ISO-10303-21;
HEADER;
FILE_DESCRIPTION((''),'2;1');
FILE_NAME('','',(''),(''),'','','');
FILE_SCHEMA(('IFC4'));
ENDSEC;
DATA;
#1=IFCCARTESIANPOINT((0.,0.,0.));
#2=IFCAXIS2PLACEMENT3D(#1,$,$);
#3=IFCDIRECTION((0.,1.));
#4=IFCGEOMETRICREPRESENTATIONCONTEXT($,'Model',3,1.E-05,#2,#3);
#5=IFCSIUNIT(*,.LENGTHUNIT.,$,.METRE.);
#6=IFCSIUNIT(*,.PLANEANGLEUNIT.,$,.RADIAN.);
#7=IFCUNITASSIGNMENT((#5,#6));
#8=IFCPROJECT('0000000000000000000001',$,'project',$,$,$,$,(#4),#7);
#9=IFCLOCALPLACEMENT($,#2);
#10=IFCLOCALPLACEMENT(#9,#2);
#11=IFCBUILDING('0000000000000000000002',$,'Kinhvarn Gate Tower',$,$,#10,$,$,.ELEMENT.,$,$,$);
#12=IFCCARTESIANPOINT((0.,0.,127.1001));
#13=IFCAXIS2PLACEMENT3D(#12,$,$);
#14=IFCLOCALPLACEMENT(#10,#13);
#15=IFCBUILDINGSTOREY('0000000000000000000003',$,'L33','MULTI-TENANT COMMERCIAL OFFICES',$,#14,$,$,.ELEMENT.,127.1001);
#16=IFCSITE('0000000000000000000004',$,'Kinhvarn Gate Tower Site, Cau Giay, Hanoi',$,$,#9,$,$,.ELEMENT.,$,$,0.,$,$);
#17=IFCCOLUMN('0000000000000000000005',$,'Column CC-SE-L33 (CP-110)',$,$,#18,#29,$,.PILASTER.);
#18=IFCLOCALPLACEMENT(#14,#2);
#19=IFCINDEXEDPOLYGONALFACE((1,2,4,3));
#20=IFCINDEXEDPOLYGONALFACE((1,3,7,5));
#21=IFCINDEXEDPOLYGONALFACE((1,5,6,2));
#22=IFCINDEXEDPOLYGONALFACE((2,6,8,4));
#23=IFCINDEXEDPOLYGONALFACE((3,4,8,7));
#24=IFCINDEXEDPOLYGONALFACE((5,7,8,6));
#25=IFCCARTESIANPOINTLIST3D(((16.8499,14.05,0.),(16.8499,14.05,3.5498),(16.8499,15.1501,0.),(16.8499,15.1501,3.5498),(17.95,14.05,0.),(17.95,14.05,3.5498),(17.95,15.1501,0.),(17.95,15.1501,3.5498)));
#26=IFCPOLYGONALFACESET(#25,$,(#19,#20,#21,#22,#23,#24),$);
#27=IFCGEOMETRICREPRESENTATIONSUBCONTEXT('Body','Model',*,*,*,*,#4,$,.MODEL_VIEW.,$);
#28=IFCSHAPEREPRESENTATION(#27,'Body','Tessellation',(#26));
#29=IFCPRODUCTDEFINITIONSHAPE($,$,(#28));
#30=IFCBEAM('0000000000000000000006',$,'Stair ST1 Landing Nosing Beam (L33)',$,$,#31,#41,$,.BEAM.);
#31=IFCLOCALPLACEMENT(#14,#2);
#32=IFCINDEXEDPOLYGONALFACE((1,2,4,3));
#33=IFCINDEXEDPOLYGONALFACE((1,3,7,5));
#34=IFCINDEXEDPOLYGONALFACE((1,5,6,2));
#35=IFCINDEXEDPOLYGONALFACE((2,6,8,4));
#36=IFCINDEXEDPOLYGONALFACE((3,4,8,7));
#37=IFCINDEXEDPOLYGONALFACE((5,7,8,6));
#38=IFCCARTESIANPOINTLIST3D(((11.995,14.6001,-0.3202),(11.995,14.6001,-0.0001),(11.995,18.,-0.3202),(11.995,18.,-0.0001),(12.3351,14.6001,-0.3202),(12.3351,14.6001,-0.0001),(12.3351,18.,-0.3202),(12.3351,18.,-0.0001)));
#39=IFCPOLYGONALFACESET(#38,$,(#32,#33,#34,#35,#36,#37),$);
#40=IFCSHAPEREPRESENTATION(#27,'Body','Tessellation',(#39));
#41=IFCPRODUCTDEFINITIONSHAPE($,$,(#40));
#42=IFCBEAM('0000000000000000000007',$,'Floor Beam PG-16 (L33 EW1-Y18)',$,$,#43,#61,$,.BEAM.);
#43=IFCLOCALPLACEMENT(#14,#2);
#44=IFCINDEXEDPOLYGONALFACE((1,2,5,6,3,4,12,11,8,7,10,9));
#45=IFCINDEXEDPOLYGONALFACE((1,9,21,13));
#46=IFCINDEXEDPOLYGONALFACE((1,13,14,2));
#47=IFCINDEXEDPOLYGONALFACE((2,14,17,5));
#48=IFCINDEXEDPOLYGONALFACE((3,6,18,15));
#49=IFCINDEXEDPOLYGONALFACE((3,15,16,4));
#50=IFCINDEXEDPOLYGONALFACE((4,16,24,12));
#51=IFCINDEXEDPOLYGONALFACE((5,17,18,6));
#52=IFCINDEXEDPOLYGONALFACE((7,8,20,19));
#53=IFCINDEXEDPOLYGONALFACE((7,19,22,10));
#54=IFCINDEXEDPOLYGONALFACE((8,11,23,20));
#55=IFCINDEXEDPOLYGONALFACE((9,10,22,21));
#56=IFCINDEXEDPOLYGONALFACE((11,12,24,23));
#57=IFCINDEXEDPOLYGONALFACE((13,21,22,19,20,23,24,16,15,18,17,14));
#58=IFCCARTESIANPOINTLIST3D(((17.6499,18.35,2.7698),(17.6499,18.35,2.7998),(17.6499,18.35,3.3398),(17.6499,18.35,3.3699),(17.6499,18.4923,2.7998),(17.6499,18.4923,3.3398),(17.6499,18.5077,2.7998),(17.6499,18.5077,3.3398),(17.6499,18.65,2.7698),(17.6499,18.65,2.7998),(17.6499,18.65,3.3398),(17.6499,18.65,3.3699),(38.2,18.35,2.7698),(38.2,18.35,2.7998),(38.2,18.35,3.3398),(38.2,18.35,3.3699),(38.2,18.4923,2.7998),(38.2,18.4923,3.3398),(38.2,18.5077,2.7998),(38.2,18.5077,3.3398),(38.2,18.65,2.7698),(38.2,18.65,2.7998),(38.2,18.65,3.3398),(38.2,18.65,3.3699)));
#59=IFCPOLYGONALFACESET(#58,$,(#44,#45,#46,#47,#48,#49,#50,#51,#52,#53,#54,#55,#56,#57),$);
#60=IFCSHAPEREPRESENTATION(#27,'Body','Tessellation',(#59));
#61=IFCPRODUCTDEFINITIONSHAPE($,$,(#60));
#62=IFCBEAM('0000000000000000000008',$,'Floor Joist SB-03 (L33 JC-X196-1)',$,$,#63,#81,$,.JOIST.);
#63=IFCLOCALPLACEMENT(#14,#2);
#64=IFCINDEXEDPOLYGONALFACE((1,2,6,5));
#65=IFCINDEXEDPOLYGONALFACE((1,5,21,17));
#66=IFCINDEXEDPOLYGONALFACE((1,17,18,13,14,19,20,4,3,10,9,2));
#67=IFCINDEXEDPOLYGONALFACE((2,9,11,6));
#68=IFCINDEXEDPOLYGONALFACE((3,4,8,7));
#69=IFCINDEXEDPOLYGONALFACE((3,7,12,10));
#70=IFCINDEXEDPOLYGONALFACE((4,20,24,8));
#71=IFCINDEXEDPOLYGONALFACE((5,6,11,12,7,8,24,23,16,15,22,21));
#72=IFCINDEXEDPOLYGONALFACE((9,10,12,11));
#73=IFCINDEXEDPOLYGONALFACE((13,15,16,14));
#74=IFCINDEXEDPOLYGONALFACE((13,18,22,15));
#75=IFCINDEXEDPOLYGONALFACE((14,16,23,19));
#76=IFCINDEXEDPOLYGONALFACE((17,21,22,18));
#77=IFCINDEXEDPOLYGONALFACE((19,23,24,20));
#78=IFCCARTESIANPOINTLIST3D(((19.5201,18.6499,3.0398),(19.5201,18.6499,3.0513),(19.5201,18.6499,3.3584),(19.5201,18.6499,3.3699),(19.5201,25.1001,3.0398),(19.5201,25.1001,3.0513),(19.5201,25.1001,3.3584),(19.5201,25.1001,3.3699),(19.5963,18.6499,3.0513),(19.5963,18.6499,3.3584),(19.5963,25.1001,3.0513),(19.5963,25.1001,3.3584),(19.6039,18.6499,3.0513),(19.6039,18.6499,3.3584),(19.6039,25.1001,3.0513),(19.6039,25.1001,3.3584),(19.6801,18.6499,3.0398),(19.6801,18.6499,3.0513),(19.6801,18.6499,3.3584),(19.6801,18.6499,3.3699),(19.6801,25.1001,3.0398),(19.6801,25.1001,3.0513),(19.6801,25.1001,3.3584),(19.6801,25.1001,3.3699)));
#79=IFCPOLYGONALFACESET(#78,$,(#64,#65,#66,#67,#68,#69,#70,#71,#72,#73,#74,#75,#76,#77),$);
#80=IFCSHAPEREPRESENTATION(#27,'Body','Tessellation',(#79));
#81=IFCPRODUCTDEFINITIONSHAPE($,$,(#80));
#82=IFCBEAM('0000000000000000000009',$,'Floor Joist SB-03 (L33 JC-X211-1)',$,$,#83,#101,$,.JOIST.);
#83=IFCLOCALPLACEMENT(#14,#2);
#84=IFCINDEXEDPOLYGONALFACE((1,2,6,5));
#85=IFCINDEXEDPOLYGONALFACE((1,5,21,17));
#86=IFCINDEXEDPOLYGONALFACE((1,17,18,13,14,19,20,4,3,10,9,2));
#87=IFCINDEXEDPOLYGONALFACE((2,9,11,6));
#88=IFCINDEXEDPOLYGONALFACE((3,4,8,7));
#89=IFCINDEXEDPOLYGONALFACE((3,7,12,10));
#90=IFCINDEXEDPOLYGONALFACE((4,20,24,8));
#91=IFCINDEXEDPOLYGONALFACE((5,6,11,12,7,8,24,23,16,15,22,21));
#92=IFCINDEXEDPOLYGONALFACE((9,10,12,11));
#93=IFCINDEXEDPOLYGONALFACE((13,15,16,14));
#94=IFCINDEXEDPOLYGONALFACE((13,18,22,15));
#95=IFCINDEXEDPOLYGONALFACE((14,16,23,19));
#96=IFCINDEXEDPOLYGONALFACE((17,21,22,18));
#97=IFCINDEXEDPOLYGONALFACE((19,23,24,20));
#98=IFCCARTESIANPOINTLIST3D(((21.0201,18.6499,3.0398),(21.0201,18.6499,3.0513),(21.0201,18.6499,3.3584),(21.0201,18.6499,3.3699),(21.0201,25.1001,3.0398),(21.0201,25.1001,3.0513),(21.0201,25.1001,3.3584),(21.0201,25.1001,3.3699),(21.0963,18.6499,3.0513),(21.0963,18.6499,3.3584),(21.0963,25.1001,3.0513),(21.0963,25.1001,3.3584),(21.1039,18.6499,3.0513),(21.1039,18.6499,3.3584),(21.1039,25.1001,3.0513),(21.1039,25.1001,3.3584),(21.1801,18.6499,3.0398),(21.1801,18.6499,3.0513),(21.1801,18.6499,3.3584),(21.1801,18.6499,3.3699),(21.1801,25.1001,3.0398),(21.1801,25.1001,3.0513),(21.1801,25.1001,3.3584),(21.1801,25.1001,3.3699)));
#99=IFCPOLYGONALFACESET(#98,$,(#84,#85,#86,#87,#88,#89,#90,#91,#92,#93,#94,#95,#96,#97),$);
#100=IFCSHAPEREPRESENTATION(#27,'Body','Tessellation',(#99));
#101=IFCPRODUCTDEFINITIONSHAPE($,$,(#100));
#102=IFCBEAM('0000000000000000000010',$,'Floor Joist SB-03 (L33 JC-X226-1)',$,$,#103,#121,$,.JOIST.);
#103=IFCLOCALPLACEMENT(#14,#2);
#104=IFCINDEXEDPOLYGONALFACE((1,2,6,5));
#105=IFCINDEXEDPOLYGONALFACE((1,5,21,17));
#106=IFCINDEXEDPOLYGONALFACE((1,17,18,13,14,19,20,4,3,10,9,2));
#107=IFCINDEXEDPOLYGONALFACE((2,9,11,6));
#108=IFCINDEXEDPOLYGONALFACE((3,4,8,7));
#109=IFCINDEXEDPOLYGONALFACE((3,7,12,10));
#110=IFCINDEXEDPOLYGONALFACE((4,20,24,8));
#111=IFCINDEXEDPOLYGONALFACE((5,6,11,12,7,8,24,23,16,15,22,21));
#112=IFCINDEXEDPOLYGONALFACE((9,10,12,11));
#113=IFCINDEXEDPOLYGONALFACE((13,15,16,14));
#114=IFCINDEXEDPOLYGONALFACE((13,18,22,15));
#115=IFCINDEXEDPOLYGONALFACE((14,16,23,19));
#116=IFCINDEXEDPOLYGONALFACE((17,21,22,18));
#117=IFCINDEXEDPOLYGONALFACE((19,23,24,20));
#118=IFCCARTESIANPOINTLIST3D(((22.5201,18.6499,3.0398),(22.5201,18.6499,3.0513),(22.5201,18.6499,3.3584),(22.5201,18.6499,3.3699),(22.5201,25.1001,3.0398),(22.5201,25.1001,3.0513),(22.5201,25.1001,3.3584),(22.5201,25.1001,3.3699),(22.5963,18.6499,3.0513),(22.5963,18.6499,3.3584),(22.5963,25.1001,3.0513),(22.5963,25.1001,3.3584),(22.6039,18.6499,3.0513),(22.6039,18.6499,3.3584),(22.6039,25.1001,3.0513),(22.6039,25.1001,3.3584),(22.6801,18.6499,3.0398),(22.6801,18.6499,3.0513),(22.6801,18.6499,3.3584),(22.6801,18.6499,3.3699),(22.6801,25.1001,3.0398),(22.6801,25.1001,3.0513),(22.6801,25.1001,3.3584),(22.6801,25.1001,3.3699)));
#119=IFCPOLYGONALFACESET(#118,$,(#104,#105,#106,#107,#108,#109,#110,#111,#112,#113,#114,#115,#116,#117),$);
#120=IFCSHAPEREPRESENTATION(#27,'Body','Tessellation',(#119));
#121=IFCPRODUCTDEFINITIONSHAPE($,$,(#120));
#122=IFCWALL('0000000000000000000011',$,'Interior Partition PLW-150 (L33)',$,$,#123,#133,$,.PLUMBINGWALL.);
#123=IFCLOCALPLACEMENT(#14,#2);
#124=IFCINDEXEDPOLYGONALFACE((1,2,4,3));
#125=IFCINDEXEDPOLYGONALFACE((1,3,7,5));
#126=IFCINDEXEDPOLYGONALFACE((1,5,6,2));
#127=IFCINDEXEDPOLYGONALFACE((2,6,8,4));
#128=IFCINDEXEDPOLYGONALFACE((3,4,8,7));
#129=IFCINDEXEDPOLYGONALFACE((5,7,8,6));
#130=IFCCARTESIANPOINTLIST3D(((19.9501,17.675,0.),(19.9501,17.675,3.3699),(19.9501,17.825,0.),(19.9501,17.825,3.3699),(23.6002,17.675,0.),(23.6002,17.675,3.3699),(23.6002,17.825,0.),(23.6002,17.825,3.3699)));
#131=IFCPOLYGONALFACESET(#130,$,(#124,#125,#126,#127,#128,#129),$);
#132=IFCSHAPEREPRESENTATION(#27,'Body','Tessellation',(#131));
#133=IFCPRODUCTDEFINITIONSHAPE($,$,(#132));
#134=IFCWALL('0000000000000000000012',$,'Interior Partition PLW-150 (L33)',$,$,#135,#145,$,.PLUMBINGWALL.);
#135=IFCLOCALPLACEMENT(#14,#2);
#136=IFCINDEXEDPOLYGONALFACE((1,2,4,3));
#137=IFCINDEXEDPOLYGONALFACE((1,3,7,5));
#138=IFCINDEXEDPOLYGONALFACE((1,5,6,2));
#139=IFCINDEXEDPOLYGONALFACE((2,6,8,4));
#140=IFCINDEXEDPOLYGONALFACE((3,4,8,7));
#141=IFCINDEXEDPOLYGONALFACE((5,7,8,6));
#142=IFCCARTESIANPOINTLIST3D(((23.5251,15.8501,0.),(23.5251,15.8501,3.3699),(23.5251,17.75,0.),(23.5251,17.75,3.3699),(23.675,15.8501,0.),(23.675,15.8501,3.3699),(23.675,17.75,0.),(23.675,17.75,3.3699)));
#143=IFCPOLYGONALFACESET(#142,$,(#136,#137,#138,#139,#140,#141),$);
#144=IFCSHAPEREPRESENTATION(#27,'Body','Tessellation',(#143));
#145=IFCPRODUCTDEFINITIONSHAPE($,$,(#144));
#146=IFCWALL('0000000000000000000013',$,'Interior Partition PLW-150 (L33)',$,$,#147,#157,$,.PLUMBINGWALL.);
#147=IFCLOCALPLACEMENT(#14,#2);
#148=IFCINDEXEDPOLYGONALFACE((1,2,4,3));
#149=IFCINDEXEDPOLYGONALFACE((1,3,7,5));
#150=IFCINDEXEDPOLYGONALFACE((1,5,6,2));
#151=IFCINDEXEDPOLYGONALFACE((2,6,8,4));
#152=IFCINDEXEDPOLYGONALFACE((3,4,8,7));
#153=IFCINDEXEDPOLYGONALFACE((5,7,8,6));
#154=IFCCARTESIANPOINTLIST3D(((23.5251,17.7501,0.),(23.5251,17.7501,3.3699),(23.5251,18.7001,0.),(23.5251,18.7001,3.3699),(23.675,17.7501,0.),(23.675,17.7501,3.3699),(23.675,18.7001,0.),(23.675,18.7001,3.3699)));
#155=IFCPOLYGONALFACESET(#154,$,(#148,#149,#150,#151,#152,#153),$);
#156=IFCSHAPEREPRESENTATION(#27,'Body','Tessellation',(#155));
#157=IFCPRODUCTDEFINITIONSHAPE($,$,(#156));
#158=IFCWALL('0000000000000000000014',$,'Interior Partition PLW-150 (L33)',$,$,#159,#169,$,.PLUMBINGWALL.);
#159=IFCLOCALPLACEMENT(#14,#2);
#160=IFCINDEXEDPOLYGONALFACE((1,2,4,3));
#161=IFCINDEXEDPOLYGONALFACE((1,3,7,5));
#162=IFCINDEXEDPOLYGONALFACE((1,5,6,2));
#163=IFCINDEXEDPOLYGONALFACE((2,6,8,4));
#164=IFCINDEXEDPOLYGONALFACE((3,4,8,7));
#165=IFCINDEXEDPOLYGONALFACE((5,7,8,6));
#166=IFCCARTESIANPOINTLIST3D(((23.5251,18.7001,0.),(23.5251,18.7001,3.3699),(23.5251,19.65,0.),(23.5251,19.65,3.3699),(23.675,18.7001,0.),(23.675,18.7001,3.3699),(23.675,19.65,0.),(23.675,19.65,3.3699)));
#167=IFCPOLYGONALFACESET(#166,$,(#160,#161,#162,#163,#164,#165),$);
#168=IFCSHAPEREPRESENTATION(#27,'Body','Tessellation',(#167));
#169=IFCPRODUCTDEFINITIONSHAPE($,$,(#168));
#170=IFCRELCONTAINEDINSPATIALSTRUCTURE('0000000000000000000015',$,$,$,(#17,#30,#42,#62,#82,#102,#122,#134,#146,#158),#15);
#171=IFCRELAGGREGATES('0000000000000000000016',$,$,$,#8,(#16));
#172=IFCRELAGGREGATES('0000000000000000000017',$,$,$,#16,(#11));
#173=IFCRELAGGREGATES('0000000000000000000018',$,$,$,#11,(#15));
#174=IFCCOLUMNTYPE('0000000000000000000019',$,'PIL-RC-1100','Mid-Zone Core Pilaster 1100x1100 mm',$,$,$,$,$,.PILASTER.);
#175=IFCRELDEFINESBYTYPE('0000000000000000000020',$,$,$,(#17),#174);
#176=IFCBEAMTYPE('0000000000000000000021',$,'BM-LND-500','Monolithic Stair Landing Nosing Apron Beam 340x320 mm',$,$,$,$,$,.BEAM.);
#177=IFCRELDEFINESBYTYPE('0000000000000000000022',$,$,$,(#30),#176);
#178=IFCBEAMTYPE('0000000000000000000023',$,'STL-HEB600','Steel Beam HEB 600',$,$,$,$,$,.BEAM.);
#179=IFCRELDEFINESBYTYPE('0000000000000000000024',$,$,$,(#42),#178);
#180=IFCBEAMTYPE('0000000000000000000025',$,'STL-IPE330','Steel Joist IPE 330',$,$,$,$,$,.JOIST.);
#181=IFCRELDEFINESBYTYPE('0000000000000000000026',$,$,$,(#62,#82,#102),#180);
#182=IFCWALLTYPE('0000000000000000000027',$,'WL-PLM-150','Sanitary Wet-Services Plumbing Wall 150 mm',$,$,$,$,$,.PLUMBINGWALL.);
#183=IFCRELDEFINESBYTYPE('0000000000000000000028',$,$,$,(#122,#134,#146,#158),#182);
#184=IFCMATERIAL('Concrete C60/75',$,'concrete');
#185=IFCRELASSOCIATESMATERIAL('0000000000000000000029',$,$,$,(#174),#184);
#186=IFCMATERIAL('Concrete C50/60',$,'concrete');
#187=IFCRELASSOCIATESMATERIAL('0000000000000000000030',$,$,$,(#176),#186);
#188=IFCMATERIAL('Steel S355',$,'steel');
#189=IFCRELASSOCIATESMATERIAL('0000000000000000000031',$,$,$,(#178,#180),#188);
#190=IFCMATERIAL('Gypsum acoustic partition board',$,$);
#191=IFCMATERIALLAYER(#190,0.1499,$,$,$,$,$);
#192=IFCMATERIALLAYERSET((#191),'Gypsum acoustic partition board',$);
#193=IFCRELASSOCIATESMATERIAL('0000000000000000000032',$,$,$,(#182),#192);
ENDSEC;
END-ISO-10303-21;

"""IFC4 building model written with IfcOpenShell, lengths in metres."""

from ifc_helpers import new_model, si_unit, direction, frame, frame_2d, origin, origin_2d, place, context, subcontext, project, spatial, rectangle, i_section, extrude, material, layer, layer_set, material_profile, profile_set, type_object, element, save


model = new_model("IFC4")

# Units and contexts
model_context = context("Model", 3, precision=1e-05, world=origin(), true_north=direction((0.0, 1.0)))
body_context = subcontext(model_context, "Body", "Model", "MODEL_VIEW")
ifc_project = project(units=[si_unit("LENGTHUNIT", "METRE"), si_unit("PLANEANGLEUNIT", "RADIAN")], contexts=[model_context])

# Site, building, storey
site_placement = place(None, origin())
site = spatial("IfcSite", under=ifc_project, at=site_placement, Name="Kinhvarn Gate Tower Site, Cau Giay, Hanoi", CompositionType="ELEMENT", RefElevation=0.0)
building_placement = place(site_placement, origin())
building = spatial("IfcBuilding", under=site, at=building_placement, Name="Kinhvarn Gate Tower", CompositionType="ELEMENT")
storey_placement = place(building_placement, frame((0.0, 0.0, 127.1001)))
storey = spatial("IfcBuildingStorey", under=building, at=storey_placement, Name="L33", Description="MULTI-TENANT COMMERCIAL OFFICES", CompositionType="ELEMENT", Elevation=127.1001)

# Column
ifc_material_1 = material(Name="Concrete C60/75", Category="concrete")
ifc_material_profile_1 = material_profile(ifc_material_1, rectangle(XDim=1.1001, YDim=1.1001, at=origin_2d()), Name="RC 1100x1100")
ifc_profile_set_1 = profile_set([ifc_material_profile_1], Name="Concrete C60/75")
column_type = type_object("IfcColumnType", Name="PIL-RC-1100", Description="Mid-Zone Core Pilaster 1100x1100 mm", PredefinedType="PILASTER", material=ifc_profile_set_1)
column_placement = place(storey_placement, frame((17.3999, 14.6001, 0.0), z_axis=(0.0, 0.0, 1.0), x_axis=(1.0, 0.0, 0.0)))
element("IfcColumn", 1, at=column_placement, inside=storey, type_object=column_type, Name="Column CC-SE-L33 (CP-110)", PredefinedType="PILASTER", context=body_context, shape_type="SweptSolid", body=[
    extrude(rectangle(XDim=1.1001, YDim=1.1001, at=origin_2d()), origin(), (0.0, 0.0, 1.0), 3.5498),
])

# Beams
ifc_material_2 = material(Name="Concrete C50/60", Category="concrete")
ifc_material_profile_2 = material_profile(ifc_material_2, rectangle(XDim=0.3401, YDim=0.3201, at=origin_2d()), Name="RC 340x320")
ifc_profile_set_2 = profile_set([ifc_material_profile_2], Name="Concrete C50/60")
beam_type_1 = type_object("IfcBeamType", Name="BM-LND-500", Description="Monolithic Stair Landing Nosing Apron Beam 340x320 mm", PredefinedType="BEAM", material=ifc_profile_set_2)
beam_1_placement = place(storey_placement, frame((12.165, 14.6001, -0.1602), z_axis=(0.0, 1.0, 0.0), x_axis=(-1.0, 0.0, 0.0)))
element("IfcBeam", 2, at=beam_1_placement, inside=storey, type_object=beam_type_1, Name="Stair ST1 Landing Nosing Beam (L33)", PredefinedType="BEAM", context=body_context, shape_type="SweptSolid", body=[
    extrude(rectangle(XDim=0.3401, YDim=0.3201, at=origin_2d()), origin(), (0.0, 0.0, 1.0), 3.3999),
])
ifc_material_3 = material(Name="Steel S355", Category="steel")
ifc_material_profile_3 = material_profile(ifc_material_3, i_section(OverallWidth=0.3, OverallDepth=0.6001, WebThickness=0.0154, FlangeThickness=0.03, at=origin_2d()), Name="HEB 600")
ifc_profile_set_3 = profile_set([ifc_material_profile_3], Name="Steel S355")
beam_type_2 = type_object("IfcBeamType", Name="STL-HEB600", Description="Steel Beam HEB 600", PredefinedType="BEAM", material=ifc_profile_set_3)
beam_2_placement = place(storey_placement, frame((17.6499, 18.5, 3.0698), z_axis=(1.0, 0.0, 0.0), x_axis=(0.0, 1.0, 0.0)))
element("IfcBeam", 3, at=beam_2_placement, inside=storey, type_object=beam_type_2, Name="Floor Beam PG-16 (L33 EW1-Y18)", PredefinedType="BEAM", context=body_context, shape_type="SweptSolid", body=[
    extrude(i_section(OverallWidth=0.3, OverallDepth=0.6001, WebThickness=0.0154, FlangeThickness=0.03, at=origin_2d()), origin(), (0.0, 0.0, 1.0), 20.55),
])
ifc_material_profile_4 = material_profile(ifc_material_3, i_section(OverallWidth=0.1599, OverallDepth=0.3301, WebThickness=0.0076, FlangeThickness=0.0115, at=origin_2d()), Name="IPE 330")
ifc_profile_set_4 = profile_set([ifc_material_profile_4], Name="Steel S355")
beam_type_3 = type_object("IfcBeamType", Name="STL-IPE330", Description="Steel Joist IPE 330", PredefinedType="JOIST", material=ifc_profile_set_4)
for number, where, z_axis, x_axis, name in (
    (4, (19.6001, 18.6499, 3.2048), (0.0, 1.0, 0.0), (-1.0, 0.0, 0.0), "Floor Joist SB-03 (L33 JC-X196-1)"),
    (5, (21.1001, 18.6499, 3.2048), (0.0, 1.0, 0.0), (-1.0, 0.0, 0.0), "Floor Joist SB-03 (L33 JC-X211-1)"),
    (6, (22.6001, 18.6499, 3.2048), (0.0, 1.0, 0.0), (-1.0, 0.0, 0.0), "Floor Joist SB-03 (L33 JC-X226-1)"),
):
    element("IfcBeam", number, at=place(storey_placement, frame(where, z_axis=z_axis, x_axis=x_axis)), inside=storey, type_object=beam_type_3, Name=name, PredefinedType="JOIST", context=body_context, shape_type="SweptSolid", body=[
        extrude(i_section(OverallWidth=0.1599, OverallDepth=0.3301, WebThickness=0.0076, FlangeThickness=0.0115, at=origin_2d()), origin(), (0.0, 0.0, 1.0), 6.4502),
    ])

# Walls
ifc_material_4 = material(Name="Gypsum acoustic partition board")
ifc_layer_1 = layer(ifc_material_4, 0.1499)
ifc_layer_set_1 = layer_set([ifc_layer_1], Name="Gypsum acoustic partition board")
wall_type_1 = type_object("IfcWallType", Name="WL-PLM-150", Description="Sanitary Wet-Services Plumbing Wall 150 mm", PredefinedType="PLUMBINGWALL", material=ifc_layer_set_1)
wall_1_placement = place(storey_placement, frame((19.95, 17.75, 0.0), z_axis=(0.0, 0.0, 1.0), x_axis=(1.0, 0.0, 0.0)))
element("IfcWall", 7, at=wall_1_placement, inside=storey, type_object=wall_type_1, Name="Interior Partition PLW-150 (L33)", PredefinedType="PLUMBINGWALL", context=body_context, shape_type="SweptSolid", body=[
    extrude(rectangle(XDim=3.6501, YDim=0.1499, at=frame_2d((1.8252, 0.0))), origin(), (0.0, 0.0, 1.0), 3.3699),
])
wall_2_placement = place(storey_placement, frame((23.6001, 15.8501, 0.0), z_axis=(0.0, 0.0, 1.0), x_axis=(0.0, 1.0, 0.0)))
element("IfcWall", 8, at=wall_2_placement, inside=storey, type_object=wall_type_1, Name="Interior Partition PLW-150 (L33)", PredefinedType="PLUMBINGWALL", context=body_context, shape_type="SweptSolid", body=[
    extrude(rectangle(XDim=1.8999, YDim=0.1499, at=frame_2d((0.95, 0.0))), origin(), (0.0, 0.0, 1.0), 3.3699),
])
for number, where, z_axis, x_axis, name in (
    (9, (23.6001, 17.75, 0.0), (0.0, 0.0, 1.0), (0.0, 1.0, 0.0), "Interior Partition PLW-150 (L33)"),
    (10, (23.6001, 18.7, 0.0), (0.0, 0.0, 1.0), (0.0, 1.0, 0.0), "Interior Partition PLW-150 (L33)"),
):
    element("IfcWall", number, at=place(storey_placement, frame(where, z_axis=z_axis, x_axis=x_axis)), inside=storey, type_object=wall_type_1, Name=name, PredefinedType="PLUMBINGWALL", context=body_context, shape_type="SweptSolid", body=[
        extrude(rectangle(XDim=0.95, YDim=0.1499, at=frame_2d((0.4751, 0.0))), origin(), (0.0, 0.0, 1.0), 3.3699),
    ])

save(model, "model.ifc")
